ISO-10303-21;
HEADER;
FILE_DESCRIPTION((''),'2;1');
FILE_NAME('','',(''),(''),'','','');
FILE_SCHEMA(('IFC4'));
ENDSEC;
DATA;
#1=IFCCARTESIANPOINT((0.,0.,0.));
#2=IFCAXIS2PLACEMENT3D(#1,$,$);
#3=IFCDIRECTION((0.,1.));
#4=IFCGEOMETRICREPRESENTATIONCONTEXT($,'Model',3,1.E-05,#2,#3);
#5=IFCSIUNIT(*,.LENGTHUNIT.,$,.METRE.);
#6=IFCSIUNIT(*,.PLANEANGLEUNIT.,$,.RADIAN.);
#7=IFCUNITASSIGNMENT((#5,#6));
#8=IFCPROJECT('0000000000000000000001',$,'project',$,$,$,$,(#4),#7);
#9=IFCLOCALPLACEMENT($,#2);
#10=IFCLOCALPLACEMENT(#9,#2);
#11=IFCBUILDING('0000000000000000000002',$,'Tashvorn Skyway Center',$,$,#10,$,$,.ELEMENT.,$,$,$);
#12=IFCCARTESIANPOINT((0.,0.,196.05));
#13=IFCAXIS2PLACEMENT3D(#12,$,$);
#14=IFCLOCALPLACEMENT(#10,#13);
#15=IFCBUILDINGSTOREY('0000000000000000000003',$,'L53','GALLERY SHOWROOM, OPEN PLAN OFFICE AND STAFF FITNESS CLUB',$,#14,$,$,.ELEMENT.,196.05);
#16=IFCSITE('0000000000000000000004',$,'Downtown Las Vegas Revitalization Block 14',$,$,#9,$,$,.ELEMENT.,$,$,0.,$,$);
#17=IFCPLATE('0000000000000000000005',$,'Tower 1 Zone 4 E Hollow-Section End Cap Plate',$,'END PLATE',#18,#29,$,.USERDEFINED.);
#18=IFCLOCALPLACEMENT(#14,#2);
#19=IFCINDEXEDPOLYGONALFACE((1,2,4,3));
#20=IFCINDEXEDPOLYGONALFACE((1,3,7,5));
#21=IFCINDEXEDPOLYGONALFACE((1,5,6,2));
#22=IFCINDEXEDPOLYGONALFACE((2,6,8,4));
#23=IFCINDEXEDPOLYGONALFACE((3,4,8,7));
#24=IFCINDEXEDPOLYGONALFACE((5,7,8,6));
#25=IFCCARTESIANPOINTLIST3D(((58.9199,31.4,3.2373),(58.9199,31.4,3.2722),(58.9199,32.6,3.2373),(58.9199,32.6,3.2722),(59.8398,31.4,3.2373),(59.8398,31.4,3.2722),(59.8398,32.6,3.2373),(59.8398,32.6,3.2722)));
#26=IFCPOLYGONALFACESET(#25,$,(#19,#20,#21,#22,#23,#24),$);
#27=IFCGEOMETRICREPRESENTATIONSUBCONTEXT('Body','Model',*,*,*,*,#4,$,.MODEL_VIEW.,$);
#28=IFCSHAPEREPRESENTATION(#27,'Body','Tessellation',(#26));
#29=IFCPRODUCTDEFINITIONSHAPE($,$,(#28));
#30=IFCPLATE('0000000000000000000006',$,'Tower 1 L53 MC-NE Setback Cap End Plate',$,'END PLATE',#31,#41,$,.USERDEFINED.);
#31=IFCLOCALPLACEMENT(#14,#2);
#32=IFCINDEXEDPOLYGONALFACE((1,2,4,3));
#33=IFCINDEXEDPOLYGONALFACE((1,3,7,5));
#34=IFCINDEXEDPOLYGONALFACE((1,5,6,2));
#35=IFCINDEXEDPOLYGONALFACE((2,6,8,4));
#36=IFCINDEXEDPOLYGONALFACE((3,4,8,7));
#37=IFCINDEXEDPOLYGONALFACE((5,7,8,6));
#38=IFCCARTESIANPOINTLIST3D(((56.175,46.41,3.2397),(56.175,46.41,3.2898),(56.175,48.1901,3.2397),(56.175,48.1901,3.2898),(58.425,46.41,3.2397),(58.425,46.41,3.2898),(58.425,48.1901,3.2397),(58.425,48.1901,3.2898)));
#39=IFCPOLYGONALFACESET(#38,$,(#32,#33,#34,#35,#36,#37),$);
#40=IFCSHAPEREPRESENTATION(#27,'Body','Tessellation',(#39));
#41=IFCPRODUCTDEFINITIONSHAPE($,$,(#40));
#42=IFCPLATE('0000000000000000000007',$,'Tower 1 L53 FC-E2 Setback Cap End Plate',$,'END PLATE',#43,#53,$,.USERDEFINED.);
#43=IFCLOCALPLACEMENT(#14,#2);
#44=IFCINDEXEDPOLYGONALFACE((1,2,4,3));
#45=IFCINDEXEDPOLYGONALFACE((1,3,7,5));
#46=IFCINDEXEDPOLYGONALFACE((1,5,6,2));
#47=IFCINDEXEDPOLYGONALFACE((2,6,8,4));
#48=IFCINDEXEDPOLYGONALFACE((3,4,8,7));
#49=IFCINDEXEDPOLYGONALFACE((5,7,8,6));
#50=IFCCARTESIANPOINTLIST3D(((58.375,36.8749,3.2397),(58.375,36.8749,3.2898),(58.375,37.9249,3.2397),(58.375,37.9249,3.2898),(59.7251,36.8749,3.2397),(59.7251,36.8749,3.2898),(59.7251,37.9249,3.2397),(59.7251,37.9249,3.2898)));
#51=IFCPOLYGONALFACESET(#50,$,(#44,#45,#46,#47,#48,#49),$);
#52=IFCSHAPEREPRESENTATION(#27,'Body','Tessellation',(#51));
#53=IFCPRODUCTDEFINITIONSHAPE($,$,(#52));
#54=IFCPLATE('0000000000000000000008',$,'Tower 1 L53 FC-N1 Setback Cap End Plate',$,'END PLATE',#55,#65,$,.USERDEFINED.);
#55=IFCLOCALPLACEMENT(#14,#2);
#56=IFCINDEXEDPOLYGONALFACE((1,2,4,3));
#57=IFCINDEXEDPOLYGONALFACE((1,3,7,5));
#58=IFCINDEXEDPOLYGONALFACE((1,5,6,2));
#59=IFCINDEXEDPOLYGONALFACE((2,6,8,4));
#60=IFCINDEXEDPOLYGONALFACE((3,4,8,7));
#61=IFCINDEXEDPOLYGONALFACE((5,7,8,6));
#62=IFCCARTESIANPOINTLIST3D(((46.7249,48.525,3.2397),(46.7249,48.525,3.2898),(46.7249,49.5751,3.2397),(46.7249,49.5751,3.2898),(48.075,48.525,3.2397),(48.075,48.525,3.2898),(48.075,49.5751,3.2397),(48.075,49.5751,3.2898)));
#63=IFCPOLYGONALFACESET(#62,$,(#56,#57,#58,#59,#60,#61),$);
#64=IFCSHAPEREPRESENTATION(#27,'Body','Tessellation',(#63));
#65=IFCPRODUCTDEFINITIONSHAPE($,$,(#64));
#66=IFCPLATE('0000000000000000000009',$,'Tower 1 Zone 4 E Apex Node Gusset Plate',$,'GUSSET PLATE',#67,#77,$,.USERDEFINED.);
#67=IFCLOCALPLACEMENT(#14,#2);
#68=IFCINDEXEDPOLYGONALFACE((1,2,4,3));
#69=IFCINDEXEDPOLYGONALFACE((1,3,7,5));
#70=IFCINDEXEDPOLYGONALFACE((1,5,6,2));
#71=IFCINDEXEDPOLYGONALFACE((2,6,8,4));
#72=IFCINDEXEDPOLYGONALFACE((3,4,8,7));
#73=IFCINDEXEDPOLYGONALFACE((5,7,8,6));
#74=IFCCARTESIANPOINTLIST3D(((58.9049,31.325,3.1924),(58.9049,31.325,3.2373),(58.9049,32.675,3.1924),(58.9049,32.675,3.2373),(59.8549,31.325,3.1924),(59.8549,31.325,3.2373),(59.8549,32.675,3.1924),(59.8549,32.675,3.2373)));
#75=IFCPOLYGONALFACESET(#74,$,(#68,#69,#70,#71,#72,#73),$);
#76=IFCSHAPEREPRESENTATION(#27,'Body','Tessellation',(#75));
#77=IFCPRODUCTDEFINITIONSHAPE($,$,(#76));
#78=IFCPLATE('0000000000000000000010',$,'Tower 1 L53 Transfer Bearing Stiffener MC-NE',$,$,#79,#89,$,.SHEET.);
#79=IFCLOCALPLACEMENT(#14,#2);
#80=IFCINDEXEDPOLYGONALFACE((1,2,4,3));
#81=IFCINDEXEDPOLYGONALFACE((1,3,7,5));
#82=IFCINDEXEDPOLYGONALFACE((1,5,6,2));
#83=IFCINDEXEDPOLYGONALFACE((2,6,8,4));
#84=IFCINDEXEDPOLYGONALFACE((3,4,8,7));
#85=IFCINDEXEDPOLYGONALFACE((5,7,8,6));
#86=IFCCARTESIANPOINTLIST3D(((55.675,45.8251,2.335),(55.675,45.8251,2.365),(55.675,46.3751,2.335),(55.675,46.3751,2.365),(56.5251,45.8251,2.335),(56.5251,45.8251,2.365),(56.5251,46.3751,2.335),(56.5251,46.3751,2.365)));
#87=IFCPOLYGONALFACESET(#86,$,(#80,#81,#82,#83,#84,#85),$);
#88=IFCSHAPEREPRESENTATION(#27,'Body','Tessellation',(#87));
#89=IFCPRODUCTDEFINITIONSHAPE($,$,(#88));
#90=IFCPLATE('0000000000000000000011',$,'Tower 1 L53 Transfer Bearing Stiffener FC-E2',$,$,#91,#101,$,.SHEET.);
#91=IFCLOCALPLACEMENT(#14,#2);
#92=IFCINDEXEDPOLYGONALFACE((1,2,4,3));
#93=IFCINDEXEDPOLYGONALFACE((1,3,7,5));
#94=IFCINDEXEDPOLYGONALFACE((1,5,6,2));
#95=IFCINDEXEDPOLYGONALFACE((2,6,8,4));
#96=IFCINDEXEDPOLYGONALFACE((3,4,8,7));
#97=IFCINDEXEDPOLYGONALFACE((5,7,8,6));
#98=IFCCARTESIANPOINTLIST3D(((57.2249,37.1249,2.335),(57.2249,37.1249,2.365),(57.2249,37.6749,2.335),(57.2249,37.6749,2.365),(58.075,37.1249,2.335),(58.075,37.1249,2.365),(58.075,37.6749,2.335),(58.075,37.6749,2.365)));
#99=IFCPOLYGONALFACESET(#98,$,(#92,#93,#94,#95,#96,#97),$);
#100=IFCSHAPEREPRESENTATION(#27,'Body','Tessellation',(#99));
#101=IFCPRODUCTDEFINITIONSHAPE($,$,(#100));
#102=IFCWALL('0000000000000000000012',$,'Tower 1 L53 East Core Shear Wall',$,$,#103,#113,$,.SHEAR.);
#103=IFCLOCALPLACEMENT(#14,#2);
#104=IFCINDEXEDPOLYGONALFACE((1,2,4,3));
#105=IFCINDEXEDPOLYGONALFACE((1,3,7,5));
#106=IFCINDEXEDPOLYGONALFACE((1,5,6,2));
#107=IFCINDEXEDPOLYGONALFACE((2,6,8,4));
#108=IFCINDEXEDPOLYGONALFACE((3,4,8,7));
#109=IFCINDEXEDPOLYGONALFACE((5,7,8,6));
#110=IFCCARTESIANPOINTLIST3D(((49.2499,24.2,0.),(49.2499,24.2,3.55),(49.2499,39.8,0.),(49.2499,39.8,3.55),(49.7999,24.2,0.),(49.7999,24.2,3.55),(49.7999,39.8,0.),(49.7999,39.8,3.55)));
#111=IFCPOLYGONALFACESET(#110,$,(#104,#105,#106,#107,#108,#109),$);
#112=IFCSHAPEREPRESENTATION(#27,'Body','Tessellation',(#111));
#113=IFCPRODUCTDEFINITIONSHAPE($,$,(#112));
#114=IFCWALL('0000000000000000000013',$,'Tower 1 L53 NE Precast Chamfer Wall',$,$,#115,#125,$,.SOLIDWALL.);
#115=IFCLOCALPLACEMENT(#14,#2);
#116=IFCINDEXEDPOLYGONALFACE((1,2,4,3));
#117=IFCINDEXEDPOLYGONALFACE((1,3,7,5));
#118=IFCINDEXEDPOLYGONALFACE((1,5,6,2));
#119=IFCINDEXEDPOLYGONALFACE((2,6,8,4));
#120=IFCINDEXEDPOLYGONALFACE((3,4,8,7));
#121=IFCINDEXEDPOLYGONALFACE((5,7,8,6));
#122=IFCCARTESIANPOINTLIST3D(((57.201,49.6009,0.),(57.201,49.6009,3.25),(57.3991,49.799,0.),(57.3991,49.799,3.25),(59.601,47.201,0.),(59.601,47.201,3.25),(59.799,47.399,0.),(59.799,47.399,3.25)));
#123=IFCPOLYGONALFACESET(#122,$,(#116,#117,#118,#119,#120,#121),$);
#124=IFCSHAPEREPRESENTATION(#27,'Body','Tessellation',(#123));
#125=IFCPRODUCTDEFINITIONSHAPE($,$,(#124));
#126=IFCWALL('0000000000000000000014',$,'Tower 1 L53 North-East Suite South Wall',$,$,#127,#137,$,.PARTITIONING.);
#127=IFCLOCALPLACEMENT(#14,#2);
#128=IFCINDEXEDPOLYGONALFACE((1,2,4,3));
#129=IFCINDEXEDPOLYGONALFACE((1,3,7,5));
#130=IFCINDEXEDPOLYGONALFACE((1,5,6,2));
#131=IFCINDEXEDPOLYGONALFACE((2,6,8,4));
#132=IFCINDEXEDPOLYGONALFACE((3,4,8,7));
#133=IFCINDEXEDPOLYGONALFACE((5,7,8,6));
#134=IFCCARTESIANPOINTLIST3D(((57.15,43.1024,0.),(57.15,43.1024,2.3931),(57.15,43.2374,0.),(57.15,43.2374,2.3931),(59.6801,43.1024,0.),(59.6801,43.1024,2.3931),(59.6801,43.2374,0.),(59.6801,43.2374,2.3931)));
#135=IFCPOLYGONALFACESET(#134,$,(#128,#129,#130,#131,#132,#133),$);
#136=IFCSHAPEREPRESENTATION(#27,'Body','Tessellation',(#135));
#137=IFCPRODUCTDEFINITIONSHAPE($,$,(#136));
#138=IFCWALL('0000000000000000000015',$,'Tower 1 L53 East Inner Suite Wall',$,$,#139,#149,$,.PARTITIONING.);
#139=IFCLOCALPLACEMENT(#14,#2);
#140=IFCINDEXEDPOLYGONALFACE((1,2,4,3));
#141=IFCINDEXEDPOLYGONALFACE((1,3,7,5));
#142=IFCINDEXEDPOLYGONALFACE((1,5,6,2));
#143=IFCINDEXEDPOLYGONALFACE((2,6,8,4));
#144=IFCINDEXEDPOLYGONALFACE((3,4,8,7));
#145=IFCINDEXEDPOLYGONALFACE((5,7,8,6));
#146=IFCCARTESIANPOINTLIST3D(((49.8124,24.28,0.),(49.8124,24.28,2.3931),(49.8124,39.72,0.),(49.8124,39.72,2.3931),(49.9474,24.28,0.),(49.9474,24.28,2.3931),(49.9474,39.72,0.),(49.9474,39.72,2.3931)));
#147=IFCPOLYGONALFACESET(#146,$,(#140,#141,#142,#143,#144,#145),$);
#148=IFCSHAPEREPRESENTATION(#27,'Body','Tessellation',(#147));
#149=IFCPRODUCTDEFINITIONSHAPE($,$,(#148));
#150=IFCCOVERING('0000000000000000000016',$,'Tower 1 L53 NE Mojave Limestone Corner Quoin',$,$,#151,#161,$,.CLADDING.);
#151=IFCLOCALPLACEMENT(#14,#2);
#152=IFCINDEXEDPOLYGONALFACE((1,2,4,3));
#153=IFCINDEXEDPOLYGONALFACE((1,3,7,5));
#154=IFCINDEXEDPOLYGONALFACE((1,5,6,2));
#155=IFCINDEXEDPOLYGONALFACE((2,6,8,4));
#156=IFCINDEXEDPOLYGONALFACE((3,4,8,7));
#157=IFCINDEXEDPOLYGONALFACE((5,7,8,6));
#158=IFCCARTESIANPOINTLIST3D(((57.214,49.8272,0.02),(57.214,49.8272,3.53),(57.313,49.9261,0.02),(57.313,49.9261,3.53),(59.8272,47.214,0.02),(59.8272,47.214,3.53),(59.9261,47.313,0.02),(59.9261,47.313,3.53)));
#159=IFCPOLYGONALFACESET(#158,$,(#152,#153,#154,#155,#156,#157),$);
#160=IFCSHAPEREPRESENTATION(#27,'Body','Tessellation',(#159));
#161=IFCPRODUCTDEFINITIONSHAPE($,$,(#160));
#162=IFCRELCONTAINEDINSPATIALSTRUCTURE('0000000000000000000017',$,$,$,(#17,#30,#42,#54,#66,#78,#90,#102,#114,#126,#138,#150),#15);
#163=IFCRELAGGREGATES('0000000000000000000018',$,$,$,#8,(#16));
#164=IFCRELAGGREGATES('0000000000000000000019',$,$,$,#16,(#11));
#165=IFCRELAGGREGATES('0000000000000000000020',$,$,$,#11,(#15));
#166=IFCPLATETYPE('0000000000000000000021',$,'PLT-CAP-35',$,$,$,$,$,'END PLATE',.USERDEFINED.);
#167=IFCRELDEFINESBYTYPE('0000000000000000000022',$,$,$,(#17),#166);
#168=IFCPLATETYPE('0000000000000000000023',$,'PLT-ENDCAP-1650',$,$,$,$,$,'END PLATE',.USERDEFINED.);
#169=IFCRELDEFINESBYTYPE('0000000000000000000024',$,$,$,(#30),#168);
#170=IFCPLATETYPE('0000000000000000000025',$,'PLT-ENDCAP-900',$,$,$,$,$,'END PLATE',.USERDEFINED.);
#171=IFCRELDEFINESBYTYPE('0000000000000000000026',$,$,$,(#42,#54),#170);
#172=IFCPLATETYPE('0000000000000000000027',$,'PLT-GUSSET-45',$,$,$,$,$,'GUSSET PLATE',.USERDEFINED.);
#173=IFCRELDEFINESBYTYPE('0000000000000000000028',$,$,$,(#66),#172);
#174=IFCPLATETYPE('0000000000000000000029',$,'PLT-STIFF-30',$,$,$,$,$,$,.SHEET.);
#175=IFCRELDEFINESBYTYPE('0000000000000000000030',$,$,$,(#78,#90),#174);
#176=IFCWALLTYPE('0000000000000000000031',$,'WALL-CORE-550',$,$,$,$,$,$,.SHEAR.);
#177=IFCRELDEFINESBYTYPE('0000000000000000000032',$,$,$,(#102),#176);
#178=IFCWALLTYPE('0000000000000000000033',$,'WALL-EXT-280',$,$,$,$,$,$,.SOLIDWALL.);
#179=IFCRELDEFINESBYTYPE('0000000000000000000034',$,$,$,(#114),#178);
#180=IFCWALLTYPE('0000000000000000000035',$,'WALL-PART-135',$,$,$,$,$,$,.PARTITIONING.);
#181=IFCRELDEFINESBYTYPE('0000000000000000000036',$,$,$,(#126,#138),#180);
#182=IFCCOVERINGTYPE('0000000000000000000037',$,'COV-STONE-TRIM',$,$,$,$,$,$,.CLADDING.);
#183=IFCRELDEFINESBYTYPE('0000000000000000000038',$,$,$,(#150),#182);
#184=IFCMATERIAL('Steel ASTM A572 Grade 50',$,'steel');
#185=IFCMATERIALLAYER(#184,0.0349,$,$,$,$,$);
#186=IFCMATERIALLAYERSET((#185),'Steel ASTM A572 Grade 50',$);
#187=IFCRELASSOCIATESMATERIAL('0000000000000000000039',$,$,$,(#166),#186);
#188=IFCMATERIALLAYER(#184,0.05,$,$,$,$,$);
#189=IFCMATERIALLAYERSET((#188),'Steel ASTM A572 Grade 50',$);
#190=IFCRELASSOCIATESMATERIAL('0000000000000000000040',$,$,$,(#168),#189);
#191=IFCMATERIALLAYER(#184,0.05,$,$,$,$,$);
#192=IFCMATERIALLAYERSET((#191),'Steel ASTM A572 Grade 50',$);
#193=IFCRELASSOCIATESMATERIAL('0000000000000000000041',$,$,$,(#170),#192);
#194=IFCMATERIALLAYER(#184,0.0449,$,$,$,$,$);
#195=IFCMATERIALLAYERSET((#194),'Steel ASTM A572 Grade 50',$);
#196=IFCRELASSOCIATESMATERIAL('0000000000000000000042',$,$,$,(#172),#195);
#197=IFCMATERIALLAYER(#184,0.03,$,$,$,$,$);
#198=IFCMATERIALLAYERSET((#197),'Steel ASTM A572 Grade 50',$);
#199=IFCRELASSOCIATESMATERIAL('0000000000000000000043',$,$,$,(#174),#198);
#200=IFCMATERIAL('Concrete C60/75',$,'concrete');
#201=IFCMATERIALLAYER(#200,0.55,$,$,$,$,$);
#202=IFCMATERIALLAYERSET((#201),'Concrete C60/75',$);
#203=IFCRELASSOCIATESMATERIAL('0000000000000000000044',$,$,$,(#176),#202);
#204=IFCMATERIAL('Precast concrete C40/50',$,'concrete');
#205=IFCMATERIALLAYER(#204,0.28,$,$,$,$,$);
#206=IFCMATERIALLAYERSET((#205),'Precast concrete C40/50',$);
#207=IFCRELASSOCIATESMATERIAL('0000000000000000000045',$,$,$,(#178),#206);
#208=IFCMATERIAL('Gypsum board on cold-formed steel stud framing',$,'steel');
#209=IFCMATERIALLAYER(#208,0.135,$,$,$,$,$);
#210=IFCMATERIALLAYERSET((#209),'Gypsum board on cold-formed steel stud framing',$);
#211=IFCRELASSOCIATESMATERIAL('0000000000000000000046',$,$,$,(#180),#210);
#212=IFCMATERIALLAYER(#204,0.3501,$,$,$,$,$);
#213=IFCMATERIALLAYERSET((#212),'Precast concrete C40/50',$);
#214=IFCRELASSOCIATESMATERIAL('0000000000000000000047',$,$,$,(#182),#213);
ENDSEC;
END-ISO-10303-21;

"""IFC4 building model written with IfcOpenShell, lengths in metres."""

from ifc_helpers import new_model, si_unit, direction, frame, frame_2d, origin, origin_2d, place, context, subcontext, project, spatial, rectangle, extrude, material, layer, layer_set, type_object, element, save


model = new_model("IFC4")

# Units and contexts
model_context = context("Model", 3, precision=1e-05, world=origin(), true_north=direction((0.0, 1.0)))
body_context = subcontext(model_context, "Body", "Model", "MODEL_VIEW")
ifc_project = project(units=[si_unit("LENGTHUNIT", "METRE"), si_unit("PLANEANGLEUNIT", "RADIAN")], contexts=[model_context])

# Site, building, storey
site_placement = place(None, origin())
site = spatial("IfcSite", under=ifc_project, at=site_placement, Name="Downtown Las Vegas Revitalization Block 14", CompositionType="ELEMENT", RefElevation=0.0)
building_placement = place(site_placement, origin())
building = spatial("IfcBuilding", under=site, at=building_placement, Name="Tashvorn Skyway Center", CompositionType="ELEMENT")
storey_placement = place(building_placement, frame((0.0, 0.0, 196.05)))
storey = spatial("IfcBuildingStorey", under=building, at=storey_placement, Name="L53", Description="GALLERY SHOWROOM, OPEN PLAN OFFICE AND STAFF FITNESS CLUB", CompositionType="ELEMENT", Elevation=196.05)

# Shared definitions
ifc_material_1 = material(Name="Steel ASTM A572 Grade 50", Category="steel")

# Plates
ifc_layer_1 = layer(ifc_material_1, 0.0349)
ifc_layer_set_1 = layer_set([ifc_layer_1], Name="Steel ASTM A572 Grade 50")
plate_type_1 = type_object("IfcPlateType", Name="PLT-CAP-35", ElementType="END PLATE", PredefinedType="USERDEFINED", material=ifc_layer_set_1)
plate_1_placement = place(storey_placement, frame((59.3799, 32.0, 3.2373), z_axis=(0.0, 0.0, 1.0), x_axis=(0.0, 1.0, 0.0)))
element("IfcPlate", 1, at=plate_1_placement, inside=storey, type_object=plate_type_1, Name="Tower 1 Zone 4 E Hollow-Section End Cap Plate", ObjectType="END PLATE", PredefinedType="USERDEFINED", context=body_context, shape_type="SweptSolid", body=[
    extrude(rectangle(XDim=1.2, YDim=0.9199, at=origin_2d()), origin(), (0.0, 0.0, 1.0), 0.0349),
])
ifc_layer_2 = layer(ifc_material_1, 0.05)
ifc_layer_set_2 = layer_set([ifc_layer_2], Name="Steel ASTM A572 Grade 50")
plate_type_2 = type_object("IfcPlateType", Name="PLT-ENDCAP-1650", ElementType="END PLATE", PredefinedType="USERDEFINED", material=ifc_layer_set_2)
plate_2_placement = place(storey_placement, frame((57.3, 47.3, 3.2397), z_axis=(0.0, 0.0, 1.0), x_axis=(1.0, 0.0, 0.0)))
element("IfcPlate", 2, at=plate_2_placement, inside=storey, type_object=plate_type_2, Name="Tower 1 L53 MC-NE Setback Cap End Plate", ObjectType="END PLATE", PredefinedType="USERDEFINED", context=body_context, shape_type="SweptSolid", body=[
    extrude(rectangle(XDim=2.25, YDim=1.78, at=origin_2d()), origin(), (0.0, 0.0, 1.0), 0.05),
])
ifc_layer_3 = layer(ifc_material_1, 0.05)
ifc_layer_set_3 = layer_set([ifc_layer_3], Name="Steel ASTM A572 Grade 50")
plate_type_3 = type_object("IfcPlateType", Name="PLT-ENDCAP-900", ElementType="END PLATE", PredefinedType="USERDEFINED", material=ifc_layer_set_3)
for number, where, z_axis, x_axis, name in (
    (3, (59.05, 37.3999, 3.2397), (0.0, 0.0, 1.0), (1.0, 0.0, 0.0), "Tower 1 L53 FC-E2 Setback Cap End Plate"),
    (4, (47.3999, 49.05, 3.2397), (0.0, 0.0, 1.0), (1.0, 0.0, 0.0), "Tower 1 L53 FC-N1 Setback Cap End Plate"),
):
    element("IfcPlate", number, at=place(storey_placement, frame(where, z_axis=z_axis, x_axis=x_axis)), inside=storey, type_object=plate_type_3, Name=name, ObjectType="END PLATE", PredefinedType="USERDEFINED", context=body_context, shape_type="SweptSolid", body=[
        extrude(rectangle(XDim=1.3501, YDim=1.05, at=origin_2d()), origin(), (0.0, 0.0, 1.0), 0.05),
    ])
ifc_layer_4 = layer(ifc_material_1, 0.0449)
ifc_layer_set_4 = layer_set([ifc_layer_4], Name="Steel ASTM A572 Grade 50")
plate_type_4 = type_object("IfcPlateType", Name="PLT-GUSSET-45", ElementType="GUSSET PLATE", PredefinedType="USERDEFINED", material=ifc_layer_set_4)
plate_3_placement = place(storey_placement, frame((59.3799, 32.0, 3.1924), z_axis=(0.0, 0.0, 1.0), x_axis=(0.0, 1.0, 0.0)))
element("IfcPlate", 5, at=plate_3_placement, inside=storey, type_object=plate_type_4, Name="Tower 1 Zone 4 E Apex Node Gusset Plate", ObjectType="GUSSET PLATE", PredefinedType="USERDEFINED", context=body_context, shape_type="SweptSolid", body=[
    extrude(rectangle(XDim=1.3501, YDim=0.95, at=origin_2d()), origin(), (0.0, 0.0, 1.0), 0.0449),
])
ifc_layer_5 = layer(ifc_material_1, 0.03)
ifc_layer_set_5 = layer_set([ifc_layer_5], Name="Steel ASTM A572 Grade 50")
plate_type_5 = type_object("IfcPlateType", Name="PLT-STIFF-30", PredefinedType="SHEET", material=ifc_layer_set_5)
for number, where, z_axis, x_axis, name in (
    (6, (56.1001, 46.1001, 2.335), (0.0, 0.0, 1.0), (1.0, 0.0, 0.0), "Tower 1 L53 Transfer Bearing Stiffener MC-NE"),
    (7, (57.6499, 37.3999, 2.335), (0.0, 0.0, 1.0), (1.0, 0.0, 0.0), "Tower 1 L53 Transfer Bearing Stiffener FC-E2"),
):
    element("IfcPlate", number, at=place(storey_placement, frame(where, z_axis=z_axis, x_axis=x_axis)), inside=storey, type_object=plate_type_5, Name=name, PredefinedType="SHEET", context=body_context, shape_type="SweptSolid", body=[
        extrude(rectangle(XDim=0.8501, YDim=0.55, at=origin_2d()), origin(), (0.0, 0.0, 1.0), 0.03),
    ])

# Walls
ifc_material_2 = material(Name="Concrete C60/75", Category="concrete")
ifc_layer_6 = layer(ifc_material_2, 0.55)
ifc_layer_set_6 = layer_set([ifc_layer_6], Name="Concrete C60/75")
wall_type_1 = type_object("IfcWallType", Name="WALL-CORE-550", PredefinedType="SHEAR", material=ifc_layer_set_6)
wall_1_placement = place(storey_placement, frame((49.5249, 39.8, 0.0), z_axis=(0.0, 0.0, 1.0), x_axis=(0.0, -1.0, 0.0)))
element("IfcWall", 8, at=wall_1_placement, inside=storey, type_object=wall_type_1, Name="Tower 1 L53 East Core Shear Wall", PredefinedType="SHEAR", context=body_context, shape_type="SweptSolid", body=[
    extrude(rectangle(XDim=15.6001, YDim=0.55, at=frame_2d((7.8, 0.0))), origin(), (0.0, 0.0, 1.0), 3.55),
])
ifc_material_3 = material(Name="Precast concrete C40/50", Category="concrete")
ifc_layer_7 = layer(ifc_material_3, 0.28)
ifc_layer_set_7 = layer_set([ifc_layer_7], Name="Precast concrete C40/50")
wall_type_2 = type_object("IfcWallType", Name="WALL-EXT-280", PredefinedType="SOLIDWALL", material=ifc_layer_set_7)
wall_2_placement = place(storey_placement, frame((57.3, 49.7, 0.0), z_axis=(0.0, 0.0, 1.0), x_axis=(0.707107, -0.707107, 0.0)))
element("IfcWall", 9, at=wall_2_placement, inside=storey, type_object=wall_type_2, Name="Tower 1 L53 NE Precast Chamfer Wall", PredefinedType="SOLIDWALL", context=body_context, shape_type="SweptSolid", body=[
    extrude(rectangle(XDim=3.394, YDim=0.28, at=frame_2d((1.697, 0.0))), origin(), (0.0, 0.0, 1.0), 3.25),
])
ifc_material_4 = material(Name="Gypsum board on cold-formed steel stud framing", Category="steel")
ifc_layer_8 = layer(ifc_material_4, 0.135)
ifc_layer_set_8 = layer_set([ifc_layer_8], Name="Gypsum board on cold-formed steel stud framing")
wall_type_3 = type_object("IfcWallType", Name="WALL-PART-135", PredefinedType="PARTITIONING", material=ifc_layer_set_8)
wall_3_placement = place(storey_placement, frame((57.1499, 43.1699, 0.0), z_axis=(0.0, 0.0, 1.0), x_axis=(1.0, 0.0, 0.0)))
element("IfcWall", 10, at=wall_3_placement, inside=storey, type_object=wall_type_3, Name="Tower 1 L53 North-East Suite South Wall", PredefinedType="PARTITIONING", context=body_context, shape_type="SweptSolid", body=[
    extrude(rectangle(XDim=2.53, YDim=0.135, at=frame_2d((1.2651, 0.0))), origin(), (0.0, 0.0, 1.0), 2.3931),
])
wall_4_placement = place(storey_placement, frame((49.8799, 39.72, 0.0), z_axis=(0.0, 0.0, 1.0), x_axis=(0.0, -1.0, 0.0)))
element("IfcWall", 11, at=wall_4_placement, inside=storey, type_object=wall_type_3, Name="Tower 1 L53 East Inner Suite Wall", PredefinedType="PARTITIONING", context=body_context, shape_type="SweptSolid", body=[
    extrude(rectangle(XDim=15.4399, YDim=0.135, at=frame_2d((7.72, 0.0))), origin(), (0.0, 0.0, 1.0), 2.3931),
])

# Covering
ifc_layer_9 = layer(ifc_material_3, 0.3501)
ifc_layer_set_9 = layer_set([ifc_layer_9], Name="Precast concrete C40/50")
covering_type = type_object("IfcCoveringType", Name="COV-STONE-TRIM", PredefinedType="CLADDING", material=ifc_layer_set_9)
covering_placement = place(storey_placement, frame((58.5701, 48.5701, 0.02), z_axis=(0.0, 0.0, 1.0), x_axis=(0.707107, -0.707107, 0.0)))
element("IfcCovering", 12, at=covering_placement, inside=storey, type_object=covering_type, Name="Tower 1 L53 NE Mojave Limestone Corner Quoin", PredefinedType="CLADDING", context=body_context, shape_type="SweptSolid", body=[
    extrude(rectangle(XDim=3.6956, YDim=0.1399, at=origin_2d()), origin(), (0.0, 0.0, 1.0), 3.51),
])

save(model, "model.ifc")
